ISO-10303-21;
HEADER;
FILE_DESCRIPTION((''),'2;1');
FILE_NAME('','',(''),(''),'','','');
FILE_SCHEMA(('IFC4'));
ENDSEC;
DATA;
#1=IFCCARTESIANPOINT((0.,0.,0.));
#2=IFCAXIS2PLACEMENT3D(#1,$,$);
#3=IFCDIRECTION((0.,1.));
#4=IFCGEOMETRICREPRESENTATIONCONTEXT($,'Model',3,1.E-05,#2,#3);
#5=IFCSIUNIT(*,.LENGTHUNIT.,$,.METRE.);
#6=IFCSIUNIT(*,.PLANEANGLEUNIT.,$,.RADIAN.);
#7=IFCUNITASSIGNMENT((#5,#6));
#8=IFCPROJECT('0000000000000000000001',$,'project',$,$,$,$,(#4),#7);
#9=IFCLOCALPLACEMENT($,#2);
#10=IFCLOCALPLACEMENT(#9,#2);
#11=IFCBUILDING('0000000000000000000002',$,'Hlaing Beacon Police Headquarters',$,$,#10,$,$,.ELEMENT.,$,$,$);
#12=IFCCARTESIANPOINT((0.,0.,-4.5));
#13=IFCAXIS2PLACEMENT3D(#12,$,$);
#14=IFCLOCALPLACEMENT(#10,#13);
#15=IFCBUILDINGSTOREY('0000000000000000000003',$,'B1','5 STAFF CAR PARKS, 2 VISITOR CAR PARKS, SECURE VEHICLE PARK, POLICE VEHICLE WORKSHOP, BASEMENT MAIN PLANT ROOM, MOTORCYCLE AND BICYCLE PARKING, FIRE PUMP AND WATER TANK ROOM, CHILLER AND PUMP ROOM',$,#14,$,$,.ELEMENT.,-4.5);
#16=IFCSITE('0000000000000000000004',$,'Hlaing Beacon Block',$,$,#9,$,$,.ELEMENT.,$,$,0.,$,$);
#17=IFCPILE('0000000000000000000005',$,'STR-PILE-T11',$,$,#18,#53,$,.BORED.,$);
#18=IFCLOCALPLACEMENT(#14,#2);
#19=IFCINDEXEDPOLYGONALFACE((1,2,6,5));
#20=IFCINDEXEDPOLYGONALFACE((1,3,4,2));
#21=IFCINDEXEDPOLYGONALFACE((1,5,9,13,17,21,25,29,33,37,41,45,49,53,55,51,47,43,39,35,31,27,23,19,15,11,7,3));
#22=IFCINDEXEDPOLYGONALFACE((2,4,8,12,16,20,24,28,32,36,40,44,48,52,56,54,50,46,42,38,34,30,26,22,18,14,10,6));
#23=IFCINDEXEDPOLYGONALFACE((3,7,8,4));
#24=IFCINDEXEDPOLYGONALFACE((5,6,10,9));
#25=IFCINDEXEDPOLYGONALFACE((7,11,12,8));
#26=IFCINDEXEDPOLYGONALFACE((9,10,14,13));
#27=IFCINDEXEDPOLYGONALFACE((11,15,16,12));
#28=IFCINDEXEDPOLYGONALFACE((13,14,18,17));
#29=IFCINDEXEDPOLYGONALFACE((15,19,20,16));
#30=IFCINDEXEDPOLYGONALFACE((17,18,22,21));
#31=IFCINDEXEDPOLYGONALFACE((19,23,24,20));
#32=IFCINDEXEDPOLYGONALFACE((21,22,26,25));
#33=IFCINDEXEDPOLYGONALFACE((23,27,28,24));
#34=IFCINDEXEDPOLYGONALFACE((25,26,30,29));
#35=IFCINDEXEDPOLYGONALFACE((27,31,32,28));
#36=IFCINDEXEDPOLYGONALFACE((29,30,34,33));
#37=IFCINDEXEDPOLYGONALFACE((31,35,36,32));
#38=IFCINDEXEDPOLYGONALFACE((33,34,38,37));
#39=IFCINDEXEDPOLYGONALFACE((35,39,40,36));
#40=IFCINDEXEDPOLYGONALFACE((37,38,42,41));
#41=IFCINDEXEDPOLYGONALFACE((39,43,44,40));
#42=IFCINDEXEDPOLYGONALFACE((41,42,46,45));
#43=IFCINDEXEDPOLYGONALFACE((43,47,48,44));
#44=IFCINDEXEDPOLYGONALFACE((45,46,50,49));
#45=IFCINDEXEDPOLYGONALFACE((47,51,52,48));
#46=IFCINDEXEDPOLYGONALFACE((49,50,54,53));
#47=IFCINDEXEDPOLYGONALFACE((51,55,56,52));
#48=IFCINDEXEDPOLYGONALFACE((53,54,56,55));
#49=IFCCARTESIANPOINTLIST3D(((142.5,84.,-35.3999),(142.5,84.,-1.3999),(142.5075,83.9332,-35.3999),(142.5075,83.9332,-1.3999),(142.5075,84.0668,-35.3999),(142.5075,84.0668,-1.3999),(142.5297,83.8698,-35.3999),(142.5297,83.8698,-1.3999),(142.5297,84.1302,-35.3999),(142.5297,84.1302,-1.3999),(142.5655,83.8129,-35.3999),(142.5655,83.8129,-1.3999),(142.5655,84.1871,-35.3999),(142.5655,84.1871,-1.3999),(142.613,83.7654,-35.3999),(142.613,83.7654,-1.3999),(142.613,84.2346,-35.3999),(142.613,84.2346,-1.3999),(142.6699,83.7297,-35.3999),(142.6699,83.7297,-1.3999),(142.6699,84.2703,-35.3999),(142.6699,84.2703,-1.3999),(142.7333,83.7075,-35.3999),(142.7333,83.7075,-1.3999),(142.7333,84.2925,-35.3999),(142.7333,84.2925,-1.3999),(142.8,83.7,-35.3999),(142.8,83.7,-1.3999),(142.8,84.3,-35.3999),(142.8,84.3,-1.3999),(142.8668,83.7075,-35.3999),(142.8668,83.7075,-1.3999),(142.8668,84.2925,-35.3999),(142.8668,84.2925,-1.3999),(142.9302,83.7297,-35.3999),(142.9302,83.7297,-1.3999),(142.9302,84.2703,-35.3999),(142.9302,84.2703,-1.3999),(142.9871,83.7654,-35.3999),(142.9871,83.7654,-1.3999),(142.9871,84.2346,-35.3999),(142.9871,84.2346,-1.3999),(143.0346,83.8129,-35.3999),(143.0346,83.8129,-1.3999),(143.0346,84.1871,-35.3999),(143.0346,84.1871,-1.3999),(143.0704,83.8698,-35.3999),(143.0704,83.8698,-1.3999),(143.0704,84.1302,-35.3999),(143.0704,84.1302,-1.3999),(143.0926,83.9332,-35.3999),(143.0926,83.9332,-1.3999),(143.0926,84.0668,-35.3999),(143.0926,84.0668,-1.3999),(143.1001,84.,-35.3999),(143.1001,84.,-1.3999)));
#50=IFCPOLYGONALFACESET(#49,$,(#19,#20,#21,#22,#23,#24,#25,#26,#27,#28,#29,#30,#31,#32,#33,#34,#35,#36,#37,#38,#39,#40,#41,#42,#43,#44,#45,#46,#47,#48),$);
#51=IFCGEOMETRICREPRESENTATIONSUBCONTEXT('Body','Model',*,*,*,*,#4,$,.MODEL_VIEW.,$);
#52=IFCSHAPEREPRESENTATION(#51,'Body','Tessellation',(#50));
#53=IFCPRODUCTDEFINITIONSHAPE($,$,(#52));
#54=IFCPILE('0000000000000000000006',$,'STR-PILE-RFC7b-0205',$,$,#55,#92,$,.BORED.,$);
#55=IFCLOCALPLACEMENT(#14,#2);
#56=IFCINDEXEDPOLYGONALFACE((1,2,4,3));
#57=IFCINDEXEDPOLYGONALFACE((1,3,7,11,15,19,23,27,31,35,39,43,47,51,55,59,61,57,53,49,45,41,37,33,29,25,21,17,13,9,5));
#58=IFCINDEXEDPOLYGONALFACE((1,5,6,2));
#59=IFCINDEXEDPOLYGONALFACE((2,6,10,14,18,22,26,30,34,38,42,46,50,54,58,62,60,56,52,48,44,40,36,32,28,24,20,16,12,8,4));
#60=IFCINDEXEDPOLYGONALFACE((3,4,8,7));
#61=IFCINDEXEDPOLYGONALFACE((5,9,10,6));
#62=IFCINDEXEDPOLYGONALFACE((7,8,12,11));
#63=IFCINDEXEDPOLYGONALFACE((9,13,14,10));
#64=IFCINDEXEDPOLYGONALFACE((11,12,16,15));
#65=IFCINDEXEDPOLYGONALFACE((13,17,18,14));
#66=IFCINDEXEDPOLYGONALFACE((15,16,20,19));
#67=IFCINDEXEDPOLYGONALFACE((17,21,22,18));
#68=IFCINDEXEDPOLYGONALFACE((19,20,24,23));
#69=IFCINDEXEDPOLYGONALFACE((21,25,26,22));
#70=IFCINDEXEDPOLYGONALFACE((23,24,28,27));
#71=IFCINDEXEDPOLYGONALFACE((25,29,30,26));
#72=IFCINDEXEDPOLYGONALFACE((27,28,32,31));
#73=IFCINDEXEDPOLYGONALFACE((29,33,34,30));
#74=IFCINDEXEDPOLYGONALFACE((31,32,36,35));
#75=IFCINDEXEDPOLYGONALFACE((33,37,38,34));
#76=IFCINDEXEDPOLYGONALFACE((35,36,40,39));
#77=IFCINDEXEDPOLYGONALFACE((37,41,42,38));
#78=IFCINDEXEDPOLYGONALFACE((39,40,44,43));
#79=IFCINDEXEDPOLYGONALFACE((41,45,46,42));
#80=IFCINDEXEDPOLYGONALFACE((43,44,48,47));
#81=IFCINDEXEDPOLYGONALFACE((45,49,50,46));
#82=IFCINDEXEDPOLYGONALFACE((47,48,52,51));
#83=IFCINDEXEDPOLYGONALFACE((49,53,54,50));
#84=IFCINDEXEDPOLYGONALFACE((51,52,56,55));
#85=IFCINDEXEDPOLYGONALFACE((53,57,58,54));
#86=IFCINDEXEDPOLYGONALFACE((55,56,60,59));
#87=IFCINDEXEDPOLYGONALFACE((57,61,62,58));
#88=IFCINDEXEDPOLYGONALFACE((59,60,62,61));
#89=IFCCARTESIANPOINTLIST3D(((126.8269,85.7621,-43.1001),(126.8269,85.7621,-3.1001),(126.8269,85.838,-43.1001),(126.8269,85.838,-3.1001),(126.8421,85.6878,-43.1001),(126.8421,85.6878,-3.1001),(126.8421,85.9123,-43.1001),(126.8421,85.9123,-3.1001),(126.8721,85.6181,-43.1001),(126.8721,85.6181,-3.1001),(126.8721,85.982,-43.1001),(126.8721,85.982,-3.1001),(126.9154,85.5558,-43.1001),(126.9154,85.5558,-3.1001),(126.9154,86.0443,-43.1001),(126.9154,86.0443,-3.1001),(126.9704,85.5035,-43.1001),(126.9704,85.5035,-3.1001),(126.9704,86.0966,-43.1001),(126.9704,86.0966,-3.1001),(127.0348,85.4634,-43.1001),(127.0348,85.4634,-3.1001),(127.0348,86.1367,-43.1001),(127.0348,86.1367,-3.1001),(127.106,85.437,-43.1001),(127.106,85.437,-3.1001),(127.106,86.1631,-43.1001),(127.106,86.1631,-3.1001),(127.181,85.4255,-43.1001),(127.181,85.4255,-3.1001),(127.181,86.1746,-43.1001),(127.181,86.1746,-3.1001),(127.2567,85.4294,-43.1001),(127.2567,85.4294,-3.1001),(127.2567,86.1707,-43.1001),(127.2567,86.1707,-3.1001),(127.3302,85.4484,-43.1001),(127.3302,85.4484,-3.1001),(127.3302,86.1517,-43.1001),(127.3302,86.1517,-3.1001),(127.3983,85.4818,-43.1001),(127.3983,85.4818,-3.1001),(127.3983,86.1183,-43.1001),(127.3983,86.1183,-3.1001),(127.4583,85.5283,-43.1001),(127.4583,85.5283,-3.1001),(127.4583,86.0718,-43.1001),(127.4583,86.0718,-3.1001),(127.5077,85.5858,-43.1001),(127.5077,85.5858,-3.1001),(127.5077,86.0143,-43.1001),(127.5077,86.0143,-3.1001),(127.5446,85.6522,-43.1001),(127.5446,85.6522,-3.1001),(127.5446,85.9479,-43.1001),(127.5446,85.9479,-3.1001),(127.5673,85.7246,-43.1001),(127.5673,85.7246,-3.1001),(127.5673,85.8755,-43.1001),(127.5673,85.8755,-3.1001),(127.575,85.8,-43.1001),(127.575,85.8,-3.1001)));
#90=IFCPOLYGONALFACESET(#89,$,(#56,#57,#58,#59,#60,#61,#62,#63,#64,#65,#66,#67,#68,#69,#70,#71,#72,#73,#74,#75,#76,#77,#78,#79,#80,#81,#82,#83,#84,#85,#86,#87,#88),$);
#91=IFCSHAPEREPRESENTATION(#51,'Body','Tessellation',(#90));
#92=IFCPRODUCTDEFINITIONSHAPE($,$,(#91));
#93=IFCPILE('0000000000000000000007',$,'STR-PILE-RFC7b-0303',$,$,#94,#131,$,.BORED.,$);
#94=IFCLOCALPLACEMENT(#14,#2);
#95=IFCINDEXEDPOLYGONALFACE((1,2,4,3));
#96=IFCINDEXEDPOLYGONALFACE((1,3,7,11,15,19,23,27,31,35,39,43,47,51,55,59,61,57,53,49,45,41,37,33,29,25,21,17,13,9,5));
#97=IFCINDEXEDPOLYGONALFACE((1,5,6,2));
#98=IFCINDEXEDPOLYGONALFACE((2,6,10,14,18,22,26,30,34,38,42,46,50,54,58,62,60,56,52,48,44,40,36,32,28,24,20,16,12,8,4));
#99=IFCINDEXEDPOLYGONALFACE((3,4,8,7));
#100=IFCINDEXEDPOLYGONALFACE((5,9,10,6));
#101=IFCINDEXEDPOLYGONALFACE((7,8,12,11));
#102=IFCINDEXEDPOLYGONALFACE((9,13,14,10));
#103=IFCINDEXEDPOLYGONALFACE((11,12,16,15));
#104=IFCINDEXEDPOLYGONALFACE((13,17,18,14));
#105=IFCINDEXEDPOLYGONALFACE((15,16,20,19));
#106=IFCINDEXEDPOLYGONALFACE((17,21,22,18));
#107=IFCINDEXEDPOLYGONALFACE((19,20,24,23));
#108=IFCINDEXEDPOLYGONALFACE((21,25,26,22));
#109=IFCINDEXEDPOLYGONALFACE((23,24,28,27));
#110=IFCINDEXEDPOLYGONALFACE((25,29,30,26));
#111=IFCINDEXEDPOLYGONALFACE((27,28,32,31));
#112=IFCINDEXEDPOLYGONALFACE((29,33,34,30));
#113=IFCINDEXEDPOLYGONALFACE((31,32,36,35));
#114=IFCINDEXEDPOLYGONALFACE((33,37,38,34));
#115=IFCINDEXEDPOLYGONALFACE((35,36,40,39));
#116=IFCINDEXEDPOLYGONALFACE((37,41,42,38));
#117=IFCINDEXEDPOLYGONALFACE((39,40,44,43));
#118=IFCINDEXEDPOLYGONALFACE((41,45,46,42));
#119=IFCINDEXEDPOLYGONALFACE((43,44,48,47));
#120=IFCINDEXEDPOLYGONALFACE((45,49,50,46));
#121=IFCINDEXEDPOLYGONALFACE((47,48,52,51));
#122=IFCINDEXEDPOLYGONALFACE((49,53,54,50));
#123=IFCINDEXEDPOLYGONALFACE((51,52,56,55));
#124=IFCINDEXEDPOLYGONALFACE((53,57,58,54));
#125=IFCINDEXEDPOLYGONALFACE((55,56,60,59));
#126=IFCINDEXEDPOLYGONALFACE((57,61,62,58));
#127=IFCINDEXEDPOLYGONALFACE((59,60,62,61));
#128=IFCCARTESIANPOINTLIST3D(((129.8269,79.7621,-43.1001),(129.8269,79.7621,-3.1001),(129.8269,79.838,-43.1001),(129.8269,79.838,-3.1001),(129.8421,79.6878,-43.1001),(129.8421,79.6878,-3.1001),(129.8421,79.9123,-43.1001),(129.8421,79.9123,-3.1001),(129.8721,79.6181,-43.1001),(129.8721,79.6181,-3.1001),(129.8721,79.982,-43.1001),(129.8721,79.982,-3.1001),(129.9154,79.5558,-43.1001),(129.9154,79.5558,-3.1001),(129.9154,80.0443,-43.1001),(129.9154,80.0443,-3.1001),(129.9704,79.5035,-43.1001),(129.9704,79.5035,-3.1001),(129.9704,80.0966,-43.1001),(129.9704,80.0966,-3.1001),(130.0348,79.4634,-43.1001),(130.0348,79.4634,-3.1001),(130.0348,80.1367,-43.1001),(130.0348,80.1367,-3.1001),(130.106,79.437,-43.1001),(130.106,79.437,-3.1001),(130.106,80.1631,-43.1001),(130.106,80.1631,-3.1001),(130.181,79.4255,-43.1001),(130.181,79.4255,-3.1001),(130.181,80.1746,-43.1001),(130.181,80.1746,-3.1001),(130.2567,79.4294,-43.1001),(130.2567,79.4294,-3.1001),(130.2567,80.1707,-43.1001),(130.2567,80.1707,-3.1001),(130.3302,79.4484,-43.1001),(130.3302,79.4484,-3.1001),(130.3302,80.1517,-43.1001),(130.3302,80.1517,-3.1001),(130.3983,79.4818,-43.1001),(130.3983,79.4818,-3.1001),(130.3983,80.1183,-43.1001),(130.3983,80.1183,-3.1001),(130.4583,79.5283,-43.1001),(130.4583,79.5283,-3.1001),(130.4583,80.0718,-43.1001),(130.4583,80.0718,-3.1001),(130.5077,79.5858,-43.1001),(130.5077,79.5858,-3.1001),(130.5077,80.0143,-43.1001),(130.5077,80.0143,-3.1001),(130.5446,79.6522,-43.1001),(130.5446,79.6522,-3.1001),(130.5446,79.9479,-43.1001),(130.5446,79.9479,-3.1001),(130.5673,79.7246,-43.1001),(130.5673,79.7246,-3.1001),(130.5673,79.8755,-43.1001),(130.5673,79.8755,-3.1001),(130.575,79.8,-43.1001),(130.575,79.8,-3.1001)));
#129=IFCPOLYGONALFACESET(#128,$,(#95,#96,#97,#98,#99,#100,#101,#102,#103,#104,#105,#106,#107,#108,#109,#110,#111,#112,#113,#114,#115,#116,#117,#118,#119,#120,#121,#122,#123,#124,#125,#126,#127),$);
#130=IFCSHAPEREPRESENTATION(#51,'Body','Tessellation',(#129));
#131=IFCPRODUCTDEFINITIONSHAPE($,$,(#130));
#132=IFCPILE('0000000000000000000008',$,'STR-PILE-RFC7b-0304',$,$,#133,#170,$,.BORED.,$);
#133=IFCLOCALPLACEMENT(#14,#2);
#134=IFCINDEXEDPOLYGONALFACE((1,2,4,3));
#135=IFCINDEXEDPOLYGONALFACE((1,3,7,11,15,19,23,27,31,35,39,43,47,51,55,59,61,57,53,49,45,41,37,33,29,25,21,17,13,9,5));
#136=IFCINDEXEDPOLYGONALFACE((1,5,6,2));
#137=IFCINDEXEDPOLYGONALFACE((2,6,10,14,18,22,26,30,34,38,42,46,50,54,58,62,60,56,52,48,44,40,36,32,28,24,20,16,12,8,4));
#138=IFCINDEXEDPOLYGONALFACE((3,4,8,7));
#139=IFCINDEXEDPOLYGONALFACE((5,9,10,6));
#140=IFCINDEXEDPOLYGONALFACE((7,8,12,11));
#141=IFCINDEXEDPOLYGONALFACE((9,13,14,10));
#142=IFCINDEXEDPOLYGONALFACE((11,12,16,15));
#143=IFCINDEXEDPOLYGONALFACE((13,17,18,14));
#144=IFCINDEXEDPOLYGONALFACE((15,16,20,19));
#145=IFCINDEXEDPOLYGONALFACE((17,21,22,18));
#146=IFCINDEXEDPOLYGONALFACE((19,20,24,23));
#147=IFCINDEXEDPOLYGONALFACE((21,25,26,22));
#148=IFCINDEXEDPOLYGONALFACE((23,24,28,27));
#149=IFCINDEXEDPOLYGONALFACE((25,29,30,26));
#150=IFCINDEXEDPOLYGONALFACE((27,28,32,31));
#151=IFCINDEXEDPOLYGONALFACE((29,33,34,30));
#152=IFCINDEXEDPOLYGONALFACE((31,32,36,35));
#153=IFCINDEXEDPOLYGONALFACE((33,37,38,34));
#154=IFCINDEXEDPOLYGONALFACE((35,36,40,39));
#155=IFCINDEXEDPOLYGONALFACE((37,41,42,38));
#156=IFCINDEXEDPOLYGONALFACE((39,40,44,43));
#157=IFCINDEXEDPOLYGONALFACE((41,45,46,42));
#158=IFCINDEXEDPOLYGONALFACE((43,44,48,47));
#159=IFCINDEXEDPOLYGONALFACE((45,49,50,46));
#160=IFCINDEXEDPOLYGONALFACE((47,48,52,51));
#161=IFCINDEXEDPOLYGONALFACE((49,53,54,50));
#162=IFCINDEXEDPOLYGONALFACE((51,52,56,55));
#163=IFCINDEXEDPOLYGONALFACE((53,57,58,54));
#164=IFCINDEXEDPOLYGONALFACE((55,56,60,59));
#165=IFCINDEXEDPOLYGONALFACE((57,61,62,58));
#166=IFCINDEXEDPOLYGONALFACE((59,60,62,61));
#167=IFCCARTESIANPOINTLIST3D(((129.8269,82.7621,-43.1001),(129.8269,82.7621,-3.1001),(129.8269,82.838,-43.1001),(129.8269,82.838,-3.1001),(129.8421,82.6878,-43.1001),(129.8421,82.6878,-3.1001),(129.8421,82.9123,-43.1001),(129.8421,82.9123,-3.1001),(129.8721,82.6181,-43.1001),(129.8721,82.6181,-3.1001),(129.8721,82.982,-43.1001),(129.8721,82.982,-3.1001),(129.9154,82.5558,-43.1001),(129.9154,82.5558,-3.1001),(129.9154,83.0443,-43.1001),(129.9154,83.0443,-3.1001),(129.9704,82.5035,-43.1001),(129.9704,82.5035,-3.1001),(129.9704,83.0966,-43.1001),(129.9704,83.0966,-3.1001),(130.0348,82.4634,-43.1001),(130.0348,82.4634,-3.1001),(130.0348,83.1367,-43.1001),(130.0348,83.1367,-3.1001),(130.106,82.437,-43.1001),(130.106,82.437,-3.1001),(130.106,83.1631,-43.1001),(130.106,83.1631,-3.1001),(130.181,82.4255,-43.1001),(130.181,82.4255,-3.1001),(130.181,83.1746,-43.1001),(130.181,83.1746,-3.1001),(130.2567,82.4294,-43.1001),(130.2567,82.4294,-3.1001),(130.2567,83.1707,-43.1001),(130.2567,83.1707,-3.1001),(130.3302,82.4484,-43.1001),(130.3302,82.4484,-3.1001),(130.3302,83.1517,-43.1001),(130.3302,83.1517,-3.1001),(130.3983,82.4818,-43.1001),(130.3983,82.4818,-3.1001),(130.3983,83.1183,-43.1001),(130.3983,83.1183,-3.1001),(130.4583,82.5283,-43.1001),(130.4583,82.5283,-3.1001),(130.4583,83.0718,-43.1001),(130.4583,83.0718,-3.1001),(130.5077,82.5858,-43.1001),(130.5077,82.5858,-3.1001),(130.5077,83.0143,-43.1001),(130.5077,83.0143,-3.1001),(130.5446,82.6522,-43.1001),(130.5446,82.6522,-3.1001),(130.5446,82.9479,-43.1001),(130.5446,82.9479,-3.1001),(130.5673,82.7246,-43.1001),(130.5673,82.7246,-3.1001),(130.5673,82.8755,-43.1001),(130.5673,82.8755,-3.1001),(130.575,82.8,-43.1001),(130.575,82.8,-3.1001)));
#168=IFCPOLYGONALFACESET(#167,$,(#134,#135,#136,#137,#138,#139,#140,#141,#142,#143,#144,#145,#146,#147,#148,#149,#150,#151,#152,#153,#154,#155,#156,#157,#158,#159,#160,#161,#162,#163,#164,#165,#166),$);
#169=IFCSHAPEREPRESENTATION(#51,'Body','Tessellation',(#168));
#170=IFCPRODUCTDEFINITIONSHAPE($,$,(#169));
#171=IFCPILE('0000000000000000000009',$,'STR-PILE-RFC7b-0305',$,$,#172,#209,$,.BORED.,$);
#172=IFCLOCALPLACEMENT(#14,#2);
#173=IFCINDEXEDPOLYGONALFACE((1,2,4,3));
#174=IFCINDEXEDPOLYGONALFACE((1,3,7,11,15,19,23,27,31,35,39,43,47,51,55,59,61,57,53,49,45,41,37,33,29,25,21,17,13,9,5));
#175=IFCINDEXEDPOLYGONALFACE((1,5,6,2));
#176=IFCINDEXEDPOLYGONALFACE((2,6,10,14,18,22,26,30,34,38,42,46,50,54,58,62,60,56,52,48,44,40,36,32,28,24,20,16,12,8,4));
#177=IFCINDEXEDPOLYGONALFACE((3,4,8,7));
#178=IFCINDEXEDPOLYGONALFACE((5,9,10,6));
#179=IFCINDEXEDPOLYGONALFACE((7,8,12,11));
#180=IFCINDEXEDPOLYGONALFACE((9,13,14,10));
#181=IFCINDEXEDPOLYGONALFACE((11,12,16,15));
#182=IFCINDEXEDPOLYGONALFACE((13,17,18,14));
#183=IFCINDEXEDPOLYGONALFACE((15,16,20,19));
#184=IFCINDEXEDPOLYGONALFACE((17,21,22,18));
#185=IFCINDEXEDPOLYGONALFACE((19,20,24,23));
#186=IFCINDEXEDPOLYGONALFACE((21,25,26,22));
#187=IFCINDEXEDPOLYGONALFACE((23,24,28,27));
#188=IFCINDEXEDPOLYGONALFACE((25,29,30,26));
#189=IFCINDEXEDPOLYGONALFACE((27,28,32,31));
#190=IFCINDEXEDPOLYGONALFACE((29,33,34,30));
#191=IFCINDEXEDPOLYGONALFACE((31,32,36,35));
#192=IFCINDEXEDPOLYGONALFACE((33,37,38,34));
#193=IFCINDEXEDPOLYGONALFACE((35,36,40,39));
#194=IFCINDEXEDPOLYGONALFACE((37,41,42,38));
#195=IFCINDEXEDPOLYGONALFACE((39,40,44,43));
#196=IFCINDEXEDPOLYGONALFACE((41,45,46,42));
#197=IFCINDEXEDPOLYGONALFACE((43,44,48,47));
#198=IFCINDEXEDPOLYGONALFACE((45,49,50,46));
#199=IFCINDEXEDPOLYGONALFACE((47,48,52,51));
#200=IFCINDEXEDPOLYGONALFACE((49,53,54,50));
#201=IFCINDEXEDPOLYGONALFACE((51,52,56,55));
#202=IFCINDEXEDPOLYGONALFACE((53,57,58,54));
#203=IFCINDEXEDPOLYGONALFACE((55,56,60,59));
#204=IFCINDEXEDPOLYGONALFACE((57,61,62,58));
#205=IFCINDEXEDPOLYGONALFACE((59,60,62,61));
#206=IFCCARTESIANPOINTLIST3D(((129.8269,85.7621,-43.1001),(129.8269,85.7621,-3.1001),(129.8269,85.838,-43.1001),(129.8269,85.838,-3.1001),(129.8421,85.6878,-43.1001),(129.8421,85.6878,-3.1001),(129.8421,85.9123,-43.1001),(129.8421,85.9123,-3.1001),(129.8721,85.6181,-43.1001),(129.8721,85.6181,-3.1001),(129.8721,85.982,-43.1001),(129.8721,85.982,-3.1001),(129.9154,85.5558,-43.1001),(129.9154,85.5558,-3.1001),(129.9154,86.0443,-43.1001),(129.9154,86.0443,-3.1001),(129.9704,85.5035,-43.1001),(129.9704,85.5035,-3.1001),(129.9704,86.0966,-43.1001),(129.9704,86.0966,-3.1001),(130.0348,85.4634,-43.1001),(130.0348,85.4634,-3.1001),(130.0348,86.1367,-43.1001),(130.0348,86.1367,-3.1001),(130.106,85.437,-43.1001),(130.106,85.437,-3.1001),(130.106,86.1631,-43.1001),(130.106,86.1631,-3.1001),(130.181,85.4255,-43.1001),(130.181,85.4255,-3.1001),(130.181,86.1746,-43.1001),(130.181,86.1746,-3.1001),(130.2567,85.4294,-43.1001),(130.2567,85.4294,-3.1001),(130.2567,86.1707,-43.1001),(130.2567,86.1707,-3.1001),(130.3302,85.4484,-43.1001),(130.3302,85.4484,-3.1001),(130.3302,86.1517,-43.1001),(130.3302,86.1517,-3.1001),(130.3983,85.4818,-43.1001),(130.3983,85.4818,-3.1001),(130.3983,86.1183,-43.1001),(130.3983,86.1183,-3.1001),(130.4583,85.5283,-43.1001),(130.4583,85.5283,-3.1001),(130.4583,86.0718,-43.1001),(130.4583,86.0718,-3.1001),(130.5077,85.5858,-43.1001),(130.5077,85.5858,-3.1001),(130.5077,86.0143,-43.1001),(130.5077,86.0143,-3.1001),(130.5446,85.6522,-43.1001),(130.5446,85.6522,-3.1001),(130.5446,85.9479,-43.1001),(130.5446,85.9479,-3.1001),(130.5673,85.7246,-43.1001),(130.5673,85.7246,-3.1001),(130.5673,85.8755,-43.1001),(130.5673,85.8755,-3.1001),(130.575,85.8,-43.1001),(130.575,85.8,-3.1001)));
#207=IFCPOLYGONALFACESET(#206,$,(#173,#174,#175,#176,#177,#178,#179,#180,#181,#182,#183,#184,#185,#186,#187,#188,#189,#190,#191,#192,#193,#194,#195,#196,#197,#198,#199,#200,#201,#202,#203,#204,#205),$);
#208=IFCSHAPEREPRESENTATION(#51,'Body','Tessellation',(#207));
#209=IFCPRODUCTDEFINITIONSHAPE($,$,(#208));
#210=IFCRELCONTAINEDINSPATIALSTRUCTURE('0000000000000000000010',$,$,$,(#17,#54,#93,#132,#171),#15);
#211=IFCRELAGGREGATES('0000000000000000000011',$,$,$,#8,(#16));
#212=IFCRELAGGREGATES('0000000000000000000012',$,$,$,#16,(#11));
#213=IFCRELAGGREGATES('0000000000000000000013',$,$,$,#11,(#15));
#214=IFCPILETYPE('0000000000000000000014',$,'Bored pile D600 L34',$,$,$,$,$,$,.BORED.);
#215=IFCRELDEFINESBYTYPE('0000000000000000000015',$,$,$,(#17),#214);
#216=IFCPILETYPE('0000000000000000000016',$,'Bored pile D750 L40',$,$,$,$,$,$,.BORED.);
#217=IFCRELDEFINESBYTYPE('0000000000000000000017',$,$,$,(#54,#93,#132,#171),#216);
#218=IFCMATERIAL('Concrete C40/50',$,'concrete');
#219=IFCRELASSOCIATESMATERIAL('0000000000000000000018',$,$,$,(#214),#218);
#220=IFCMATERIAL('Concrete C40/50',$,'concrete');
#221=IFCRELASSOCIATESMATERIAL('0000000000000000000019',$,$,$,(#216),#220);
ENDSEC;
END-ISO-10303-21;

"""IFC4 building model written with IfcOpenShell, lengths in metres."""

from ifc_helpers import new_model, si_unit, direction, frame, origin, origin_2d, place, context, subcontext, project, spatial, circle, extrude, material, material_profile, profile_set, type_object, element, save


model = new_model("IFC4")

# Units and contexts
model_context = context("Model", 3, precision=1e-05, world=origin(), true_north=direction((0.0, 1.0)))
body_context = subcontext(model_context, "Body", "Model", "MODEL_VIEW")
ifc_project = project(units=[si_unit("LENGTHUNIT", "METRE"), si_unit("PLANEANGLEUNIT", "RADIAN")], contexts=[model_context])

# Site, building, storey
site_placement = place(None, origin())
site = spatial("IfcSite", under=ifc_project, at=site_placement, Name="Hlaing Beacon Block", CompositionType="ELEMENT", RefElevation=0.0)
building_placement = place(site_placement, origin())
building = spatial("IfcBuilding", under=site, at=building_placement, Name="Hlaing Beacon Police Headquarters", CompositionType="ELEMENT")
storey_placement = place(building_placement, frame((0.0, 0.0, -4.5)))
storey = spatial("IfcBuildingStorey", under=building, at=storey_placement, Name="B1", Description="5 STAFF CAR PARKS, 2 VISITOR CAR PARKS, SECURE VEHICLE PARK, POLICE VEHICLE WORKSHOP, BASEMENT MAIN PLANT ROOM, MOTORCYCLE AND BICYCLE PARKING, FIRE PUMP AND WATER TANK ROOM, CHILLER AND PUMP ROOM", CompositionType="ELEMENT", Elevation=-4.5)

# Piles
ifc_material_1 = material(Name="Concrete C40/50", Category="concrete")
ifc_material_profile_1 = material_profile(ifc_material_1, circle(Radius=0.3, at=origin_2d()), Name="D600")
ifc_profile_set_1 = profile_set([ifc_material_profile_1], Name="Concrete C40/50")
pile_type_1 = type_object("IfcPileType", Name="Bored pile D600 L34", PredefinedType="BORED", material=ifc_profile_set_1)
pile_placement = place(storey_placement, frame((142.8, 84.0, -1.3999), z_axis=(0.0, 0.0, -1.0), x_axis=(1.0, 0.0, 0.0)))
element("IfcPile", 1, at=pile_placement, inside=storey, type_object=pile_type_1, Name="STR-PILE-T11", PredefinedType="BORED", context=body_context, shape_type="SweptSolid", body=[
    extrude(circle(Radius=0.3, at=origin_2d()), origin(), (0.0, 0.0, 1.0), 34.0),
])
ifc_material_2 = material(Name="Concrete C40/50", Category="concrete")
ifc_material_profile_2 = material_profile(ifc_material_2, circle(Radius=0.375, at=origin_2d()), Name="D750")
ifc_profile_set_2 = profile_set([ifc_material_profile_2], Name="Concrete C40/50")
pile_type_2 = type_object("IfcPileType", Name="Bored pile D750 L40", PredefinedType="BORED", material=ifc_profile_set_2)
for number, where, z_axis, x_axis, name in (
    (2, (127.2, 85.8, -3.1001), (0.0, 0.0, -1.0), (1.0, 0.0, 0.0), "STR-PILE-RFC7b-0205"),
    (3, (130.2, 79.8, -3.1001), (0.0, 0.0, -1.0), (1.0, 0.0, 0.0), "STR-PILE-RFC7b-0303"),
    (4, (130.2, 82.8, -3.1001), (0.0, 0.0, -1.0), (1.0, 0.0, 0.0), "STR-PILE-RFC7b-0304"),
    (5, (130.2, 85.8, -3.1001), (0.0, 0.0, -1.0), (1.0, 0.0, 0.0), "STR-PILE-RFC7b-0305"),
):
    element("IfcPile", number, at=place(storey_placement, frame(where, z_axis=z_axis, x_axis=x_axis)), inside=storey, type_object=pile_type_2, Name=name, PredefinedType="BORED", context=body_context, shape_type="SweptSolid", body=[
        extrude(circle(Radius=0.375, at=origin_2d()), origin(), (0.0, 0.0, 1.0), 40.0),
    ])

save(model, "model.ifc")
